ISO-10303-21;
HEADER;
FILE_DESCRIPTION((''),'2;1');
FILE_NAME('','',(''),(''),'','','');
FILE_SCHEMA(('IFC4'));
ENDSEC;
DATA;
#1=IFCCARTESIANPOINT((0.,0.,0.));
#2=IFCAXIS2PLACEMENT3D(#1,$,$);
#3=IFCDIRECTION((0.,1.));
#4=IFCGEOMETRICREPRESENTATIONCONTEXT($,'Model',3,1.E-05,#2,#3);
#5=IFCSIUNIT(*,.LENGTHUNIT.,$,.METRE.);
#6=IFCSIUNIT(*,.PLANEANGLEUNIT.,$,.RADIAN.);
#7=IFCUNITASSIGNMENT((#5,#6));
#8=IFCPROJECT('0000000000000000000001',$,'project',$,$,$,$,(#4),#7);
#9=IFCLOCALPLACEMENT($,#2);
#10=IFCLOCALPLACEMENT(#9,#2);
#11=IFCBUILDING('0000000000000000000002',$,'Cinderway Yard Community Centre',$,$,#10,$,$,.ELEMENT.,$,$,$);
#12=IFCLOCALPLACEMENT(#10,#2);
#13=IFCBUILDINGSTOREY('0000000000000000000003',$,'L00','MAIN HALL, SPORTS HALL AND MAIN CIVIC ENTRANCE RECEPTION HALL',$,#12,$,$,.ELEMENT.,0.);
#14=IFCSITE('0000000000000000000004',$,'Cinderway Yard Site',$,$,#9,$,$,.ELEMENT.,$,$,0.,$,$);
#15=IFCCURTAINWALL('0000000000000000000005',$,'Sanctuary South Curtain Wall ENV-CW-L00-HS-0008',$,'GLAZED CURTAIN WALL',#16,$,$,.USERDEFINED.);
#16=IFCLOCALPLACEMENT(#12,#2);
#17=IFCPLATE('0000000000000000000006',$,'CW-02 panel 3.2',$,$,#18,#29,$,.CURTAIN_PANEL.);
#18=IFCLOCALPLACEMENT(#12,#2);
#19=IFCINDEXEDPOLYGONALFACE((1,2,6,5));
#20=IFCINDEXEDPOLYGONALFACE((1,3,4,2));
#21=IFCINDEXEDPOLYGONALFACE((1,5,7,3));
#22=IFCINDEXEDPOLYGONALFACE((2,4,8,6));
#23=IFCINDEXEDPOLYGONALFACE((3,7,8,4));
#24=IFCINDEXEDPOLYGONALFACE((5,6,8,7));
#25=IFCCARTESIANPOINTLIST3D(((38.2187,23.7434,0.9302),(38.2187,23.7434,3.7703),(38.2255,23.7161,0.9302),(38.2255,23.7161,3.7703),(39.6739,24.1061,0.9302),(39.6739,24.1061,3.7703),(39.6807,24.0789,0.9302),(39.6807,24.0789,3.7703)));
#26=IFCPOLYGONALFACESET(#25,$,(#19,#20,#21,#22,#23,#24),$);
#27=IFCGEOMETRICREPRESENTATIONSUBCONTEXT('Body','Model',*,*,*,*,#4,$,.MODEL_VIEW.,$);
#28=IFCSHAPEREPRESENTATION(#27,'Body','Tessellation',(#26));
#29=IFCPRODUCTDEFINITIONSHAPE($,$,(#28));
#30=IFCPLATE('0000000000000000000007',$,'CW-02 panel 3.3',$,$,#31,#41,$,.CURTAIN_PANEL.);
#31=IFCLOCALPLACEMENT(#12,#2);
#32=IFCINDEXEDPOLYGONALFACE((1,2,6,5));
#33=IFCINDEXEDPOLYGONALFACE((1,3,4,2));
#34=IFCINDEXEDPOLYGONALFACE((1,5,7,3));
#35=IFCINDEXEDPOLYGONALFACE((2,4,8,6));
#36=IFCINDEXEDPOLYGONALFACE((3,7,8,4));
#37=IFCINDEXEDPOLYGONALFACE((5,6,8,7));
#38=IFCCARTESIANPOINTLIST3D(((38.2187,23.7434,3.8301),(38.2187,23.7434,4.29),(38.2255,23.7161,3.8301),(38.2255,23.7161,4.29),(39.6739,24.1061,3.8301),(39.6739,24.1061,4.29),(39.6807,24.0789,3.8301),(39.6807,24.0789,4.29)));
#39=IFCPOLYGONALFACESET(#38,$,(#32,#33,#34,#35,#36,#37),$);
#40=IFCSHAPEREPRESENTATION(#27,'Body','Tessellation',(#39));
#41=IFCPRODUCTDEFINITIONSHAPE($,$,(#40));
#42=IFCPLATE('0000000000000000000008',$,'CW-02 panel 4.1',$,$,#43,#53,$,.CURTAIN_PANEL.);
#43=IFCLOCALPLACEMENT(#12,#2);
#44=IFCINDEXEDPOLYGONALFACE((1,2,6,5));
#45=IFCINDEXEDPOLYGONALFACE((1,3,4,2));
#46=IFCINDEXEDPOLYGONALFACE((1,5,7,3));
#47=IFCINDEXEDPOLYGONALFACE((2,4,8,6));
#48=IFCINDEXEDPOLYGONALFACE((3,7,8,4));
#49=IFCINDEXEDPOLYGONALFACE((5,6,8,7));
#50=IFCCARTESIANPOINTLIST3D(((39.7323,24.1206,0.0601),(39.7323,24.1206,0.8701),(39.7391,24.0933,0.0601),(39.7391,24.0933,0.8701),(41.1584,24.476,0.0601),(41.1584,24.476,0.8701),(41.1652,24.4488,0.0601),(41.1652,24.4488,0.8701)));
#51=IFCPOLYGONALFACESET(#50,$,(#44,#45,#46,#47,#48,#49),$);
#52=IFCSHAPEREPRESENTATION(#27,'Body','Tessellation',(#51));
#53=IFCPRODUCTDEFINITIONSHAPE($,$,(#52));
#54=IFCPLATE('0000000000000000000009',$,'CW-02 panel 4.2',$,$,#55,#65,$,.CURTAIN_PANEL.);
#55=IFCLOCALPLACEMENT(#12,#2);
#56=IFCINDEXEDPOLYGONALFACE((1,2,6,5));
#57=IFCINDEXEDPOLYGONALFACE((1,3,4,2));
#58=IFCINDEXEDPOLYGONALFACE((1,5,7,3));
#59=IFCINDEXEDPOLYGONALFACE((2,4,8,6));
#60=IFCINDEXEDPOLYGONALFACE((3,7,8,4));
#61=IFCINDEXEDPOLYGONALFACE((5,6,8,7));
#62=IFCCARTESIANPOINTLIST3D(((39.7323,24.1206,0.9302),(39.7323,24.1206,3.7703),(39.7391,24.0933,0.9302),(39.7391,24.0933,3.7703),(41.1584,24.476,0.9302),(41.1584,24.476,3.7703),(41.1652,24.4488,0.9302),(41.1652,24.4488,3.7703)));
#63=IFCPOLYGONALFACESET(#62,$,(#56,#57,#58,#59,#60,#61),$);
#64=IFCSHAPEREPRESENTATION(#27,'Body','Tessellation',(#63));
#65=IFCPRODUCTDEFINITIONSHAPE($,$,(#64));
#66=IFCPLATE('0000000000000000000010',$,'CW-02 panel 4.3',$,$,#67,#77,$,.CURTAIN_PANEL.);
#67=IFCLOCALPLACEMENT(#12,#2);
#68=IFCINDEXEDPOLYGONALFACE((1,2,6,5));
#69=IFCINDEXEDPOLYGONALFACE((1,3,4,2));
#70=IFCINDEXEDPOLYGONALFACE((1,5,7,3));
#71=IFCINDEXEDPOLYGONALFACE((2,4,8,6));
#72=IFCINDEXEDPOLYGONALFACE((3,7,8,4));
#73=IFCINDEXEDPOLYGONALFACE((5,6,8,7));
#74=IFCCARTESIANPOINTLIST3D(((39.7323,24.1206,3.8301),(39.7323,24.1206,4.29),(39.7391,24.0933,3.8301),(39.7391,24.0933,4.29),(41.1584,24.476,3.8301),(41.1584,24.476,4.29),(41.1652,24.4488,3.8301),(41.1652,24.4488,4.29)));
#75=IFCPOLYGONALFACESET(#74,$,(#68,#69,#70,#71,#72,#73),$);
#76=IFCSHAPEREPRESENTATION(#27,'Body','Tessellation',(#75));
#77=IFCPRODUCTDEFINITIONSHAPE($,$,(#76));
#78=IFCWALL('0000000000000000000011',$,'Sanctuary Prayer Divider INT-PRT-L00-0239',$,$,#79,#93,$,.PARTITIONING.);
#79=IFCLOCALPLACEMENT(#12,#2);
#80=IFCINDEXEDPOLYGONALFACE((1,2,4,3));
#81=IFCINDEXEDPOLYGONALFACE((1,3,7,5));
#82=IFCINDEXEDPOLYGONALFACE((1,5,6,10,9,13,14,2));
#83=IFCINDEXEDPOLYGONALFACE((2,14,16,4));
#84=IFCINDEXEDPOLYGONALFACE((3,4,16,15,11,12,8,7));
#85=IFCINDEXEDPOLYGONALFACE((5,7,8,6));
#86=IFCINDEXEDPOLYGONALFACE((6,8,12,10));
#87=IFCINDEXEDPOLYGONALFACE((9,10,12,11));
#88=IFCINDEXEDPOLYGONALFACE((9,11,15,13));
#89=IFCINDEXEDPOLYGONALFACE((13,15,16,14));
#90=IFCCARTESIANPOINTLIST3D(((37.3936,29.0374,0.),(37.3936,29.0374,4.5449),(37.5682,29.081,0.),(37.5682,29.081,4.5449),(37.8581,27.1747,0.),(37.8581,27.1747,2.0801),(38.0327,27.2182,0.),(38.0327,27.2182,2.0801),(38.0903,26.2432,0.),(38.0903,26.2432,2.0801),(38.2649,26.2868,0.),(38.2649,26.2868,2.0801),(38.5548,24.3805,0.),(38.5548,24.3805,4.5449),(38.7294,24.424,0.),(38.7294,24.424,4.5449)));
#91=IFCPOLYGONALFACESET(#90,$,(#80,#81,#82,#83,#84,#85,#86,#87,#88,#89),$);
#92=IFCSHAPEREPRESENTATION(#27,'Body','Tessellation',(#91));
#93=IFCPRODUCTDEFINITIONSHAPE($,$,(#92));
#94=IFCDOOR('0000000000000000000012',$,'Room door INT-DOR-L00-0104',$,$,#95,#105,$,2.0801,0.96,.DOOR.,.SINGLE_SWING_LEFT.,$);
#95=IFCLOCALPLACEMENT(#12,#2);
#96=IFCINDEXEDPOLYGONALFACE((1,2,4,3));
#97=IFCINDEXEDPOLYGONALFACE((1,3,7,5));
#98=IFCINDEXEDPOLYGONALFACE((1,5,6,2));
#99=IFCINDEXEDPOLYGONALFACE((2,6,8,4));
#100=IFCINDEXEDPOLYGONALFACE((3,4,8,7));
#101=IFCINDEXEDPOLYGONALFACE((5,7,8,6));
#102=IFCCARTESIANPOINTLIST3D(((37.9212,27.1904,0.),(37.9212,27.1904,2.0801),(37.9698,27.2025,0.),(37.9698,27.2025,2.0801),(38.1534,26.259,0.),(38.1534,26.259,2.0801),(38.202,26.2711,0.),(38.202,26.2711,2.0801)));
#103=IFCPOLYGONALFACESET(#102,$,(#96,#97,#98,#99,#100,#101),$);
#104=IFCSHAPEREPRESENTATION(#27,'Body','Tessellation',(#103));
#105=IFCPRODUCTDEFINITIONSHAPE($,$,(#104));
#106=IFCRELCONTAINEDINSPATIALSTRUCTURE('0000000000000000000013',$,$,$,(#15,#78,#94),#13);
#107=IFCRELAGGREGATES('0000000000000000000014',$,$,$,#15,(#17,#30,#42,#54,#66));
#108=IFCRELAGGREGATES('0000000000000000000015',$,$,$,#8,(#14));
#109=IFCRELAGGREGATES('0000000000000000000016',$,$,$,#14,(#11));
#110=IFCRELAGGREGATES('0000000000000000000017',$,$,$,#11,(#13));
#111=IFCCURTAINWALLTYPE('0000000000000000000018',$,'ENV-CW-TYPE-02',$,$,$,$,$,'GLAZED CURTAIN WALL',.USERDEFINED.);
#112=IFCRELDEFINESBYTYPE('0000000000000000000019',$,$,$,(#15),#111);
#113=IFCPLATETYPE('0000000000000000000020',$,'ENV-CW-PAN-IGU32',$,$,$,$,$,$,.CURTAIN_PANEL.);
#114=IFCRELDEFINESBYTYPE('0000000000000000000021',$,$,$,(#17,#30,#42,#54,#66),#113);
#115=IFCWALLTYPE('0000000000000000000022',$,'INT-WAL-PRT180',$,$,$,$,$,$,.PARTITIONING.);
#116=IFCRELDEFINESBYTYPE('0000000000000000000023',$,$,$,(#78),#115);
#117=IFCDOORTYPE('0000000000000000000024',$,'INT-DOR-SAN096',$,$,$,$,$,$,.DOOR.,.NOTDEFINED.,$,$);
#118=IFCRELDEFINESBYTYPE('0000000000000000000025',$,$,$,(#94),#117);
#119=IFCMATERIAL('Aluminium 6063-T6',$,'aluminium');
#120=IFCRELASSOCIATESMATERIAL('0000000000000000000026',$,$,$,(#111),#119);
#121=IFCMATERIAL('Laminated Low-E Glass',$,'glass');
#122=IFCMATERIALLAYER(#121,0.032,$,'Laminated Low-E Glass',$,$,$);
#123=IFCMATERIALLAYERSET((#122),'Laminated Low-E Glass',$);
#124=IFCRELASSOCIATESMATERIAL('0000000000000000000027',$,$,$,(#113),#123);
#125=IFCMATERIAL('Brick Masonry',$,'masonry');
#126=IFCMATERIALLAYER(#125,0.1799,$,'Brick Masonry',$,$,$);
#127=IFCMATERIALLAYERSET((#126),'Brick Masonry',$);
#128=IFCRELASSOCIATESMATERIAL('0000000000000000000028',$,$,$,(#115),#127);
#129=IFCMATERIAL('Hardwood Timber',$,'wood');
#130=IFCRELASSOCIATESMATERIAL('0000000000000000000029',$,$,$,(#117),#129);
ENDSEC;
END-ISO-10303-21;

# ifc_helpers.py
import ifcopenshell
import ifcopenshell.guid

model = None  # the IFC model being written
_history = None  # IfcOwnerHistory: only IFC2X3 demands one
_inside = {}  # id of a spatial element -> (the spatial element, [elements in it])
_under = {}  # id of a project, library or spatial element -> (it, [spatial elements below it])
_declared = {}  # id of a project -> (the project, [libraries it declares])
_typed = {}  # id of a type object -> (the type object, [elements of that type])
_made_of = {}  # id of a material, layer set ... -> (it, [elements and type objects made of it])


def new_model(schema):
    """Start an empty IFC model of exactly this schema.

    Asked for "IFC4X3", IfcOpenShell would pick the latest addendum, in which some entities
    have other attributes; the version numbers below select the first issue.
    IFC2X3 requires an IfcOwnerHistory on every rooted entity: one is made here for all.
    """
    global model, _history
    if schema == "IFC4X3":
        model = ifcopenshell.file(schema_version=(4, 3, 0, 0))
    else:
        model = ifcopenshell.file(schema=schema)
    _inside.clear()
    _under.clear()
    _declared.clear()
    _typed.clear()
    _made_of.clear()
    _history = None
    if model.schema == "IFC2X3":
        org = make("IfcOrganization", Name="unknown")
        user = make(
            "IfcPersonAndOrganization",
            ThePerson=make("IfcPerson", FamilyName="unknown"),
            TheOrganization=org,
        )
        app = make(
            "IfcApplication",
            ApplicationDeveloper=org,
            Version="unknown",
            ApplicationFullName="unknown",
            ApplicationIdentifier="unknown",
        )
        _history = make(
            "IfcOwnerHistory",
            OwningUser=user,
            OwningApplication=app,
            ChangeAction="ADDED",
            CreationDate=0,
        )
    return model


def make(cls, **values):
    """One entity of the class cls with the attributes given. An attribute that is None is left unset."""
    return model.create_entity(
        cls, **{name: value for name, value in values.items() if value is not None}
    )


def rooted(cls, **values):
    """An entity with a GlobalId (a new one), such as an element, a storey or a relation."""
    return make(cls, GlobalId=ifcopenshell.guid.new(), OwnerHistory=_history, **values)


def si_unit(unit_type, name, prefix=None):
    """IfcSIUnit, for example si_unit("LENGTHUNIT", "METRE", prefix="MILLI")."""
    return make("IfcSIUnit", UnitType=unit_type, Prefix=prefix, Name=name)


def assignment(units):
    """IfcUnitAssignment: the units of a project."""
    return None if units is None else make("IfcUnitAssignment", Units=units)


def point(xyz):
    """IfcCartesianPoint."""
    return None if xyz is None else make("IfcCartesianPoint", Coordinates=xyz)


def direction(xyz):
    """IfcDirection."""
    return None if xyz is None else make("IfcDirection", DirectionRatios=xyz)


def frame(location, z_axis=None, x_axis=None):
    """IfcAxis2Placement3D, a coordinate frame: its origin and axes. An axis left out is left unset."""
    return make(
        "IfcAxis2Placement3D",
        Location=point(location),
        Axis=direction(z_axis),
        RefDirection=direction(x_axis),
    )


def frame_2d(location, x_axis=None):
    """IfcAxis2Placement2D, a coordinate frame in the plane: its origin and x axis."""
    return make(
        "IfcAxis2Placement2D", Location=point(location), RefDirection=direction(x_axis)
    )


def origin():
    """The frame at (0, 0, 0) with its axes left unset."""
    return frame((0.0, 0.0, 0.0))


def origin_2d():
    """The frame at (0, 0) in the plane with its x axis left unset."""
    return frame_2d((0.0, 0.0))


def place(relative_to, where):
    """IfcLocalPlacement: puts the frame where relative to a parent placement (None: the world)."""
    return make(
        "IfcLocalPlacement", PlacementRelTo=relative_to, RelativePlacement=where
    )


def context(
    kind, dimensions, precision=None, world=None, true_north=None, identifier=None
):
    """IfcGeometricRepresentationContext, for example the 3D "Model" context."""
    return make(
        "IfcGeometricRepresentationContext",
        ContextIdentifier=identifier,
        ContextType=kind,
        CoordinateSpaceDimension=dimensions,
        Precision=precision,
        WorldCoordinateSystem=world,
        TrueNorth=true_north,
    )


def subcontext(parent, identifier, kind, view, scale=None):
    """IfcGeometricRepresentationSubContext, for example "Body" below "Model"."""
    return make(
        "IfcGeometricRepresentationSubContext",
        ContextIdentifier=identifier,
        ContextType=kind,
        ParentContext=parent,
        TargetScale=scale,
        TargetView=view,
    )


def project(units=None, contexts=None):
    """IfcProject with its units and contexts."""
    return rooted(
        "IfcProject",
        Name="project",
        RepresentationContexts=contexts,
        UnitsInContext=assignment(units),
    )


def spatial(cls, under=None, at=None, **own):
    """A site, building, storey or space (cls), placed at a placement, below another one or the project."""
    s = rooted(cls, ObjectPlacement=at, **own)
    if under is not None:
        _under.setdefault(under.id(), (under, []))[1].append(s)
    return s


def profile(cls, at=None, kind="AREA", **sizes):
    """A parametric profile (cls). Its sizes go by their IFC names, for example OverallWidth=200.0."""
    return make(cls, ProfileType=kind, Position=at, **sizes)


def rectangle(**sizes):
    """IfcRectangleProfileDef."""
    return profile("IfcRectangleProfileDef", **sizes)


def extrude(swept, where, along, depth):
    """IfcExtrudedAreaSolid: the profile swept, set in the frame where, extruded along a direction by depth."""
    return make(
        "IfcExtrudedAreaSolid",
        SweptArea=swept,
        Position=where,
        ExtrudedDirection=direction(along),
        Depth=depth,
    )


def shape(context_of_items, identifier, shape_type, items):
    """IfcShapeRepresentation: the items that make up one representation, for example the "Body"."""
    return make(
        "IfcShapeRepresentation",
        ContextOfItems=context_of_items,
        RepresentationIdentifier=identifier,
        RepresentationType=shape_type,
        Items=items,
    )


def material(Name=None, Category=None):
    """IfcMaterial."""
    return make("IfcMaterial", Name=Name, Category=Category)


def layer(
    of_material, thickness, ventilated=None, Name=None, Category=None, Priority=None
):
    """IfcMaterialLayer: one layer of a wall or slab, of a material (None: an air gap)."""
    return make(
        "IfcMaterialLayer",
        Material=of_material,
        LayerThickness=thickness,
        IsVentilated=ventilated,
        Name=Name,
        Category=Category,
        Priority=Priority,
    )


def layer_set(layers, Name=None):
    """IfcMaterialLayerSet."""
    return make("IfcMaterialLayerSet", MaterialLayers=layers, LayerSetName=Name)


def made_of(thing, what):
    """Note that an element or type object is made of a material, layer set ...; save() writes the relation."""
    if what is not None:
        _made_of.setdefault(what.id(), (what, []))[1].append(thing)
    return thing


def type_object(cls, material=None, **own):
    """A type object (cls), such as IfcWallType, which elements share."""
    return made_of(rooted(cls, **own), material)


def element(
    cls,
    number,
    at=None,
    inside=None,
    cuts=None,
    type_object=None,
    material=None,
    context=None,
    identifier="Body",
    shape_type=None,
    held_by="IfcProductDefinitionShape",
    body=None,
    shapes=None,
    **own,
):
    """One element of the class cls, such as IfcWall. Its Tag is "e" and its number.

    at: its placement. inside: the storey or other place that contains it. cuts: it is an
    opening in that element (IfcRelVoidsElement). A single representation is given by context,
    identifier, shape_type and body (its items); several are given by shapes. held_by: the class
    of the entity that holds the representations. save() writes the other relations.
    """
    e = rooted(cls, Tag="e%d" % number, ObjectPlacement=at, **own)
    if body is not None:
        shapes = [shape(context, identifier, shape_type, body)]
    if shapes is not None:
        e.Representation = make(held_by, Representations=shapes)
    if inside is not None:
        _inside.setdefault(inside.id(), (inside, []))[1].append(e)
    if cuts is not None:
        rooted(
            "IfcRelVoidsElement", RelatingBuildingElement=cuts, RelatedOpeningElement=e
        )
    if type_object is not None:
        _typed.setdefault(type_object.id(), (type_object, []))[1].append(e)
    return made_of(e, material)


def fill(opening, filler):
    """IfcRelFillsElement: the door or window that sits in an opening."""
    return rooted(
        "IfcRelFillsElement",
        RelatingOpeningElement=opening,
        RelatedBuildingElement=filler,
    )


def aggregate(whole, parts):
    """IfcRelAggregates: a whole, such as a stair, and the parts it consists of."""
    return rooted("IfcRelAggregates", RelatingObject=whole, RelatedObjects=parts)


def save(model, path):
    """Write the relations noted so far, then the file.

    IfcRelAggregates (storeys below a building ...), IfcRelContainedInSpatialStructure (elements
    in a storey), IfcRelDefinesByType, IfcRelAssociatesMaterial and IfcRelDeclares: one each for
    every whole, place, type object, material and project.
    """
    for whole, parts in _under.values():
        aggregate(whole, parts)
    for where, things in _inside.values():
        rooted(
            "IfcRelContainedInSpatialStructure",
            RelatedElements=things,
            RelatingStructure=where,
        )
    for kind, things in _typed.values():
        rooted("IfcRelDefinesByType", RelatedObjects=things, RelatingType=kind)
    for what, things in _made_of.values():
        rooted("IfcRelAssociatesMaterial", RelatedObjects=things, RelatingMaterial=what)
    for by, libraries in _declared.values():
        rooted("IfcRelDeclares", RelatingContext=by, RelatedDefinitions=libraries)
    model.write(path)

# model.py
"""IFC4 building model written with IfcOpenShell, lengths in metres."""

from ifc_helpers import new_model, si_unit, direction, frame, frame_2d, origin, origin_2d, place, context, subcontext, project, spatial, rectangle, extrude, material, layer, layer_set, type_object, element, fill, aggregate, save


model = new_model("IFC4")

# Units and contexts
model_context = context("Model", 3, precision=1e-05, world=origin(), true_north=direction((0.0, 1.0)))
body_context = subcontext(model_context, "Body", "Model", "MODEL_VIEW")
ifc_project = project(units=[si_unit("LENGTHUNIT", "METRE"), si_unit("PLANEANGLEUNIT", "RADIAN")], contexts=[model_context])

# Site, building, storey
site_placement = place(None, origin())
site = spatial("IfcSite", under=ifc_project, at=site_placement, Name="Cinderway Yard Site", CompositionType="ELEMENT", RefElevation=0.0)
building_placement = place(site_placement, origin())
building = spatial("IfcBuilding", under=site, at=building_placement, Name="Cinderway Yard Community Centre", CompositionType="ELEMENT")
storey_placement = place(building_placement, origin())
storey = spatial("IfcBuildingStorey", under=building, at=storey_placement, Name="L00", Description="MAIN HALL, SPORTS HALL AND MAIN CIVIC ENTRANCE RECEPTION HALL", CompositionType="ELEMENT", Elevation=0.0)

# Curtain wall, plates
ifc_material_1 = material(Name="Aluminium 6063-T6", Category="aluminium")
curtain_wall_type = type_object("IfcCurtainWallType", Name="ENV-CW-TYPE-02", ElementType="GLAZED CURTAIN WALL", PredefinedType="USERDEFINED", material=ifc_material_1)
curtain_wall_placement = place(storey_placement, origin())
curtain_wall = element("IfcCurtainWall", 1, at=curtain_wall_placement, inside=storey, type_object=curtain_wall_type, Name="Sanctuary South Curtain Wall ENV-CW-L00-HS-0008", ObjectType="GLAZED CURTAIN WALL", PredefinedType="USERDEFINED")
ifc_material_2 = material(Name="Laminated Low-E Glass", Category="glass")
ifc_layer_1 = layer(ifc_material_2, 0.032, Name="Laminated Low-E Glass")
ifc_layer_set_1 = layer_set([ifc_layer_1], Name="Laminated Low-E Glass")
plate_type = type_object("IfcPlateType", Name="ENV-CW-PAN-IGU32", PredefinedType="CURTAIN_PANEL", material=ifc_layer_set_1)
plate_1_placement = place(storey_placement, frame((38.9497, 23.9111, 0.9302), z_axis=(0.0, 0.0, 1.0), x_axis=(0.970312, 0.241857, 0.0)))
plate_1 = element("IfcPlate", 2, at=plate_1_placement, type_object=plate_type, Name="CW-02 panel 3.2", PredefinedType="CURTAIN_PANEL", context=body_context, shape_type="SweptSolid", body=[
    extrude(rectangle(XDim=1.4998, YDim=0.0281, at=origin_2d()), origin(), (0.0, 0.0, 1.0), 2.8401),
])
plate_2_placement = place(storey_placement, frame((38.9497, 23.9111, 3.8301), z_axis=(0.0, 0.0, 1.0), x_axis=(0.970312, 0.241857, 0.0)))
plate_2 = element("IfcPlate", 3, at=plate_2_placement, type_object=plate_type, Name="CW-02 panel 3.3", PredefinedType="CURTAIN_PANEL", context=body_context, shape_type="SweptSolid", body=[
    extrude(rectangle(XDim=1.4998, YDim=0.0281, at=origin_2d()), origin(), (0.0, 0.0, 1.0), 0.46),
])
plate_3_placement = place(storey_placement, frame((40.4487, 24.2847, 0.0601), z_axis=(0.0, 0.0, 1.0), x_axis=(0.970312, 0.241857, 0.0)))
plate_3 = element("IfcPlate", 4, at=plate_3_placement, type_object=plate_type, Name="CW-02 panel 4.1", PredefinedType="CURTAIN_PANEL", context=body_context, shape_type="SweptSolid", body=[
    extrude(rectangle(XDim=1.4697, YDim=0.0281, at=origin_2d()), origin(), (0.0, 0.0, 1.0), 0.8101),
])
plate_4_placement = place(storey_placement, frame((40.4487, 24.2847, 0.9302), z_axis=(0.0, 0.0, 1.0), x_axis=(0.970312, 0.241857, 0.0)))
plate_4 = element("IfcPlate", 5, at=plate_4_placement, type_object=plate_type, Name="CW-02 panel 4.2", PredefinedType="CURTAIN_PANEL", context=body_context, shape_type="SweptSolid", body=[
    extrude(rectangle(XDim=1.4697, YDim=0.0281, at=origin_2d()), origin(), (0.0, 0.0, 1.0), 2.8401),
])
plate_5_placement = place(storey_placement, frame((40.4487, 24.2847, 3.8301), z_axis=(0.0, 0.0, 1.0), x_axis=(0.970312, 0.241857, 0.0)))
plate_5 = element("IfcPlate", 6, at=plate_5_placement, type_object=plate_type, Name="CW-02 panel 4.3", PredefinedType="CURTAIN_PANEL", context=body_context, shape_type="SweptSolid", body=[
    extrude(rectangle(XDim=1.4697, YDim=0.0281, at=origin_2d()), origin(), (0.0, 0.0, 1.0), 0.46),
])
aggregate(curtain_wall, [plate_1, plate_2, plate_3, plate_4, plate_5])

# Wall, opening, door
ifc_material_3 = material(Name="Brick Masonry", Category="masonry")
ifc_layer_2 = layer(ifc_material_3, 0.1799, Name="Brick Masonry")
ifc_layer_set_2 = layer_set([ifc_layer_2], Name="Brick Masonry")
wall_type = type_object("IfcWallType", Name="INT-WAL-PRT180", PredefinedType="PARTITIONING", material=ifc_layer_set_2)
wall_placement = place(storey_placement, frame((38.6421, 24.4021, 0.0), z_axis=(0.0, 0.0, 1.0), x_axis=(-0.241925, 0.970295, 0.0)))
wall = element("IfcWall", 7, at=wall_placement, inside=storey, type_object=wall_type, Name="Sanctuary Prayer Divider INT-PRT-L00-0239", PredefinedType="PARTITIONING", context=body_context, shape_type="SweptSolid", body=[
    extrude(rectangle(XDim=4.7996, YDim=0.1799, at=frame_2d((2.3999, 0.0))), origin(), (0.0, 0.0, 1.0), 4.5449),
])
opening_placement = place(wall_placement, frame((1.9199, 0.0, 0.0)))
opening = element("IfcOpeningElement", 8, at=opening_placement, cuts=wall, PredefinedType="OPENING", context=body_context, shape_type="SweptSolid", body=[
    extrude(rectangle(XDim=0.96, YDim=2.0801, at=frame_2d((0.48, 1.04))), frame((0.0, 0.0999, 0.0), z_axis=(0.0, -1.0, 0.0), x_axis=(1.0, 0.0, 0.0)), (0.0, 0.0, 1.0), 0.2),
])
ifc_material_4 = material(Name="Hardwood Timber", Category="wood")
door_type = type_object("IfcDoorType", Name="INT-DOR-SAN096", OperationType="NOTDEFINED", PredefinedType="DOOR", material=ifc_material_4)
door_placement = place(opening_placement, origin())
door = element("IfcDoor", 9, at=door_placement, inside=storey, type_object=door_type, Name="Room door INT-DOR-L00-0104", OperationType="SINGLE_SWING_LEFT", OverallHeight=2.0801, OverallWidth=0.96, PredefinedType="DOOR", context=body_context, shape_type="SweptSolid", body=[
    extrude(rectangle(XDim=0.96, YDim=2.0801, at=frame_2d((0.48, 1.04))), frame((0.0, 0.0249, 0.0), z_axis=(0.0, -1.0, 0.0), x_axis=(1.0, 0.0, 0.0)), (0.0, 0.0, 1.0), 0.05),
])
fill(opening, door)

save(model, "model.ifc")
